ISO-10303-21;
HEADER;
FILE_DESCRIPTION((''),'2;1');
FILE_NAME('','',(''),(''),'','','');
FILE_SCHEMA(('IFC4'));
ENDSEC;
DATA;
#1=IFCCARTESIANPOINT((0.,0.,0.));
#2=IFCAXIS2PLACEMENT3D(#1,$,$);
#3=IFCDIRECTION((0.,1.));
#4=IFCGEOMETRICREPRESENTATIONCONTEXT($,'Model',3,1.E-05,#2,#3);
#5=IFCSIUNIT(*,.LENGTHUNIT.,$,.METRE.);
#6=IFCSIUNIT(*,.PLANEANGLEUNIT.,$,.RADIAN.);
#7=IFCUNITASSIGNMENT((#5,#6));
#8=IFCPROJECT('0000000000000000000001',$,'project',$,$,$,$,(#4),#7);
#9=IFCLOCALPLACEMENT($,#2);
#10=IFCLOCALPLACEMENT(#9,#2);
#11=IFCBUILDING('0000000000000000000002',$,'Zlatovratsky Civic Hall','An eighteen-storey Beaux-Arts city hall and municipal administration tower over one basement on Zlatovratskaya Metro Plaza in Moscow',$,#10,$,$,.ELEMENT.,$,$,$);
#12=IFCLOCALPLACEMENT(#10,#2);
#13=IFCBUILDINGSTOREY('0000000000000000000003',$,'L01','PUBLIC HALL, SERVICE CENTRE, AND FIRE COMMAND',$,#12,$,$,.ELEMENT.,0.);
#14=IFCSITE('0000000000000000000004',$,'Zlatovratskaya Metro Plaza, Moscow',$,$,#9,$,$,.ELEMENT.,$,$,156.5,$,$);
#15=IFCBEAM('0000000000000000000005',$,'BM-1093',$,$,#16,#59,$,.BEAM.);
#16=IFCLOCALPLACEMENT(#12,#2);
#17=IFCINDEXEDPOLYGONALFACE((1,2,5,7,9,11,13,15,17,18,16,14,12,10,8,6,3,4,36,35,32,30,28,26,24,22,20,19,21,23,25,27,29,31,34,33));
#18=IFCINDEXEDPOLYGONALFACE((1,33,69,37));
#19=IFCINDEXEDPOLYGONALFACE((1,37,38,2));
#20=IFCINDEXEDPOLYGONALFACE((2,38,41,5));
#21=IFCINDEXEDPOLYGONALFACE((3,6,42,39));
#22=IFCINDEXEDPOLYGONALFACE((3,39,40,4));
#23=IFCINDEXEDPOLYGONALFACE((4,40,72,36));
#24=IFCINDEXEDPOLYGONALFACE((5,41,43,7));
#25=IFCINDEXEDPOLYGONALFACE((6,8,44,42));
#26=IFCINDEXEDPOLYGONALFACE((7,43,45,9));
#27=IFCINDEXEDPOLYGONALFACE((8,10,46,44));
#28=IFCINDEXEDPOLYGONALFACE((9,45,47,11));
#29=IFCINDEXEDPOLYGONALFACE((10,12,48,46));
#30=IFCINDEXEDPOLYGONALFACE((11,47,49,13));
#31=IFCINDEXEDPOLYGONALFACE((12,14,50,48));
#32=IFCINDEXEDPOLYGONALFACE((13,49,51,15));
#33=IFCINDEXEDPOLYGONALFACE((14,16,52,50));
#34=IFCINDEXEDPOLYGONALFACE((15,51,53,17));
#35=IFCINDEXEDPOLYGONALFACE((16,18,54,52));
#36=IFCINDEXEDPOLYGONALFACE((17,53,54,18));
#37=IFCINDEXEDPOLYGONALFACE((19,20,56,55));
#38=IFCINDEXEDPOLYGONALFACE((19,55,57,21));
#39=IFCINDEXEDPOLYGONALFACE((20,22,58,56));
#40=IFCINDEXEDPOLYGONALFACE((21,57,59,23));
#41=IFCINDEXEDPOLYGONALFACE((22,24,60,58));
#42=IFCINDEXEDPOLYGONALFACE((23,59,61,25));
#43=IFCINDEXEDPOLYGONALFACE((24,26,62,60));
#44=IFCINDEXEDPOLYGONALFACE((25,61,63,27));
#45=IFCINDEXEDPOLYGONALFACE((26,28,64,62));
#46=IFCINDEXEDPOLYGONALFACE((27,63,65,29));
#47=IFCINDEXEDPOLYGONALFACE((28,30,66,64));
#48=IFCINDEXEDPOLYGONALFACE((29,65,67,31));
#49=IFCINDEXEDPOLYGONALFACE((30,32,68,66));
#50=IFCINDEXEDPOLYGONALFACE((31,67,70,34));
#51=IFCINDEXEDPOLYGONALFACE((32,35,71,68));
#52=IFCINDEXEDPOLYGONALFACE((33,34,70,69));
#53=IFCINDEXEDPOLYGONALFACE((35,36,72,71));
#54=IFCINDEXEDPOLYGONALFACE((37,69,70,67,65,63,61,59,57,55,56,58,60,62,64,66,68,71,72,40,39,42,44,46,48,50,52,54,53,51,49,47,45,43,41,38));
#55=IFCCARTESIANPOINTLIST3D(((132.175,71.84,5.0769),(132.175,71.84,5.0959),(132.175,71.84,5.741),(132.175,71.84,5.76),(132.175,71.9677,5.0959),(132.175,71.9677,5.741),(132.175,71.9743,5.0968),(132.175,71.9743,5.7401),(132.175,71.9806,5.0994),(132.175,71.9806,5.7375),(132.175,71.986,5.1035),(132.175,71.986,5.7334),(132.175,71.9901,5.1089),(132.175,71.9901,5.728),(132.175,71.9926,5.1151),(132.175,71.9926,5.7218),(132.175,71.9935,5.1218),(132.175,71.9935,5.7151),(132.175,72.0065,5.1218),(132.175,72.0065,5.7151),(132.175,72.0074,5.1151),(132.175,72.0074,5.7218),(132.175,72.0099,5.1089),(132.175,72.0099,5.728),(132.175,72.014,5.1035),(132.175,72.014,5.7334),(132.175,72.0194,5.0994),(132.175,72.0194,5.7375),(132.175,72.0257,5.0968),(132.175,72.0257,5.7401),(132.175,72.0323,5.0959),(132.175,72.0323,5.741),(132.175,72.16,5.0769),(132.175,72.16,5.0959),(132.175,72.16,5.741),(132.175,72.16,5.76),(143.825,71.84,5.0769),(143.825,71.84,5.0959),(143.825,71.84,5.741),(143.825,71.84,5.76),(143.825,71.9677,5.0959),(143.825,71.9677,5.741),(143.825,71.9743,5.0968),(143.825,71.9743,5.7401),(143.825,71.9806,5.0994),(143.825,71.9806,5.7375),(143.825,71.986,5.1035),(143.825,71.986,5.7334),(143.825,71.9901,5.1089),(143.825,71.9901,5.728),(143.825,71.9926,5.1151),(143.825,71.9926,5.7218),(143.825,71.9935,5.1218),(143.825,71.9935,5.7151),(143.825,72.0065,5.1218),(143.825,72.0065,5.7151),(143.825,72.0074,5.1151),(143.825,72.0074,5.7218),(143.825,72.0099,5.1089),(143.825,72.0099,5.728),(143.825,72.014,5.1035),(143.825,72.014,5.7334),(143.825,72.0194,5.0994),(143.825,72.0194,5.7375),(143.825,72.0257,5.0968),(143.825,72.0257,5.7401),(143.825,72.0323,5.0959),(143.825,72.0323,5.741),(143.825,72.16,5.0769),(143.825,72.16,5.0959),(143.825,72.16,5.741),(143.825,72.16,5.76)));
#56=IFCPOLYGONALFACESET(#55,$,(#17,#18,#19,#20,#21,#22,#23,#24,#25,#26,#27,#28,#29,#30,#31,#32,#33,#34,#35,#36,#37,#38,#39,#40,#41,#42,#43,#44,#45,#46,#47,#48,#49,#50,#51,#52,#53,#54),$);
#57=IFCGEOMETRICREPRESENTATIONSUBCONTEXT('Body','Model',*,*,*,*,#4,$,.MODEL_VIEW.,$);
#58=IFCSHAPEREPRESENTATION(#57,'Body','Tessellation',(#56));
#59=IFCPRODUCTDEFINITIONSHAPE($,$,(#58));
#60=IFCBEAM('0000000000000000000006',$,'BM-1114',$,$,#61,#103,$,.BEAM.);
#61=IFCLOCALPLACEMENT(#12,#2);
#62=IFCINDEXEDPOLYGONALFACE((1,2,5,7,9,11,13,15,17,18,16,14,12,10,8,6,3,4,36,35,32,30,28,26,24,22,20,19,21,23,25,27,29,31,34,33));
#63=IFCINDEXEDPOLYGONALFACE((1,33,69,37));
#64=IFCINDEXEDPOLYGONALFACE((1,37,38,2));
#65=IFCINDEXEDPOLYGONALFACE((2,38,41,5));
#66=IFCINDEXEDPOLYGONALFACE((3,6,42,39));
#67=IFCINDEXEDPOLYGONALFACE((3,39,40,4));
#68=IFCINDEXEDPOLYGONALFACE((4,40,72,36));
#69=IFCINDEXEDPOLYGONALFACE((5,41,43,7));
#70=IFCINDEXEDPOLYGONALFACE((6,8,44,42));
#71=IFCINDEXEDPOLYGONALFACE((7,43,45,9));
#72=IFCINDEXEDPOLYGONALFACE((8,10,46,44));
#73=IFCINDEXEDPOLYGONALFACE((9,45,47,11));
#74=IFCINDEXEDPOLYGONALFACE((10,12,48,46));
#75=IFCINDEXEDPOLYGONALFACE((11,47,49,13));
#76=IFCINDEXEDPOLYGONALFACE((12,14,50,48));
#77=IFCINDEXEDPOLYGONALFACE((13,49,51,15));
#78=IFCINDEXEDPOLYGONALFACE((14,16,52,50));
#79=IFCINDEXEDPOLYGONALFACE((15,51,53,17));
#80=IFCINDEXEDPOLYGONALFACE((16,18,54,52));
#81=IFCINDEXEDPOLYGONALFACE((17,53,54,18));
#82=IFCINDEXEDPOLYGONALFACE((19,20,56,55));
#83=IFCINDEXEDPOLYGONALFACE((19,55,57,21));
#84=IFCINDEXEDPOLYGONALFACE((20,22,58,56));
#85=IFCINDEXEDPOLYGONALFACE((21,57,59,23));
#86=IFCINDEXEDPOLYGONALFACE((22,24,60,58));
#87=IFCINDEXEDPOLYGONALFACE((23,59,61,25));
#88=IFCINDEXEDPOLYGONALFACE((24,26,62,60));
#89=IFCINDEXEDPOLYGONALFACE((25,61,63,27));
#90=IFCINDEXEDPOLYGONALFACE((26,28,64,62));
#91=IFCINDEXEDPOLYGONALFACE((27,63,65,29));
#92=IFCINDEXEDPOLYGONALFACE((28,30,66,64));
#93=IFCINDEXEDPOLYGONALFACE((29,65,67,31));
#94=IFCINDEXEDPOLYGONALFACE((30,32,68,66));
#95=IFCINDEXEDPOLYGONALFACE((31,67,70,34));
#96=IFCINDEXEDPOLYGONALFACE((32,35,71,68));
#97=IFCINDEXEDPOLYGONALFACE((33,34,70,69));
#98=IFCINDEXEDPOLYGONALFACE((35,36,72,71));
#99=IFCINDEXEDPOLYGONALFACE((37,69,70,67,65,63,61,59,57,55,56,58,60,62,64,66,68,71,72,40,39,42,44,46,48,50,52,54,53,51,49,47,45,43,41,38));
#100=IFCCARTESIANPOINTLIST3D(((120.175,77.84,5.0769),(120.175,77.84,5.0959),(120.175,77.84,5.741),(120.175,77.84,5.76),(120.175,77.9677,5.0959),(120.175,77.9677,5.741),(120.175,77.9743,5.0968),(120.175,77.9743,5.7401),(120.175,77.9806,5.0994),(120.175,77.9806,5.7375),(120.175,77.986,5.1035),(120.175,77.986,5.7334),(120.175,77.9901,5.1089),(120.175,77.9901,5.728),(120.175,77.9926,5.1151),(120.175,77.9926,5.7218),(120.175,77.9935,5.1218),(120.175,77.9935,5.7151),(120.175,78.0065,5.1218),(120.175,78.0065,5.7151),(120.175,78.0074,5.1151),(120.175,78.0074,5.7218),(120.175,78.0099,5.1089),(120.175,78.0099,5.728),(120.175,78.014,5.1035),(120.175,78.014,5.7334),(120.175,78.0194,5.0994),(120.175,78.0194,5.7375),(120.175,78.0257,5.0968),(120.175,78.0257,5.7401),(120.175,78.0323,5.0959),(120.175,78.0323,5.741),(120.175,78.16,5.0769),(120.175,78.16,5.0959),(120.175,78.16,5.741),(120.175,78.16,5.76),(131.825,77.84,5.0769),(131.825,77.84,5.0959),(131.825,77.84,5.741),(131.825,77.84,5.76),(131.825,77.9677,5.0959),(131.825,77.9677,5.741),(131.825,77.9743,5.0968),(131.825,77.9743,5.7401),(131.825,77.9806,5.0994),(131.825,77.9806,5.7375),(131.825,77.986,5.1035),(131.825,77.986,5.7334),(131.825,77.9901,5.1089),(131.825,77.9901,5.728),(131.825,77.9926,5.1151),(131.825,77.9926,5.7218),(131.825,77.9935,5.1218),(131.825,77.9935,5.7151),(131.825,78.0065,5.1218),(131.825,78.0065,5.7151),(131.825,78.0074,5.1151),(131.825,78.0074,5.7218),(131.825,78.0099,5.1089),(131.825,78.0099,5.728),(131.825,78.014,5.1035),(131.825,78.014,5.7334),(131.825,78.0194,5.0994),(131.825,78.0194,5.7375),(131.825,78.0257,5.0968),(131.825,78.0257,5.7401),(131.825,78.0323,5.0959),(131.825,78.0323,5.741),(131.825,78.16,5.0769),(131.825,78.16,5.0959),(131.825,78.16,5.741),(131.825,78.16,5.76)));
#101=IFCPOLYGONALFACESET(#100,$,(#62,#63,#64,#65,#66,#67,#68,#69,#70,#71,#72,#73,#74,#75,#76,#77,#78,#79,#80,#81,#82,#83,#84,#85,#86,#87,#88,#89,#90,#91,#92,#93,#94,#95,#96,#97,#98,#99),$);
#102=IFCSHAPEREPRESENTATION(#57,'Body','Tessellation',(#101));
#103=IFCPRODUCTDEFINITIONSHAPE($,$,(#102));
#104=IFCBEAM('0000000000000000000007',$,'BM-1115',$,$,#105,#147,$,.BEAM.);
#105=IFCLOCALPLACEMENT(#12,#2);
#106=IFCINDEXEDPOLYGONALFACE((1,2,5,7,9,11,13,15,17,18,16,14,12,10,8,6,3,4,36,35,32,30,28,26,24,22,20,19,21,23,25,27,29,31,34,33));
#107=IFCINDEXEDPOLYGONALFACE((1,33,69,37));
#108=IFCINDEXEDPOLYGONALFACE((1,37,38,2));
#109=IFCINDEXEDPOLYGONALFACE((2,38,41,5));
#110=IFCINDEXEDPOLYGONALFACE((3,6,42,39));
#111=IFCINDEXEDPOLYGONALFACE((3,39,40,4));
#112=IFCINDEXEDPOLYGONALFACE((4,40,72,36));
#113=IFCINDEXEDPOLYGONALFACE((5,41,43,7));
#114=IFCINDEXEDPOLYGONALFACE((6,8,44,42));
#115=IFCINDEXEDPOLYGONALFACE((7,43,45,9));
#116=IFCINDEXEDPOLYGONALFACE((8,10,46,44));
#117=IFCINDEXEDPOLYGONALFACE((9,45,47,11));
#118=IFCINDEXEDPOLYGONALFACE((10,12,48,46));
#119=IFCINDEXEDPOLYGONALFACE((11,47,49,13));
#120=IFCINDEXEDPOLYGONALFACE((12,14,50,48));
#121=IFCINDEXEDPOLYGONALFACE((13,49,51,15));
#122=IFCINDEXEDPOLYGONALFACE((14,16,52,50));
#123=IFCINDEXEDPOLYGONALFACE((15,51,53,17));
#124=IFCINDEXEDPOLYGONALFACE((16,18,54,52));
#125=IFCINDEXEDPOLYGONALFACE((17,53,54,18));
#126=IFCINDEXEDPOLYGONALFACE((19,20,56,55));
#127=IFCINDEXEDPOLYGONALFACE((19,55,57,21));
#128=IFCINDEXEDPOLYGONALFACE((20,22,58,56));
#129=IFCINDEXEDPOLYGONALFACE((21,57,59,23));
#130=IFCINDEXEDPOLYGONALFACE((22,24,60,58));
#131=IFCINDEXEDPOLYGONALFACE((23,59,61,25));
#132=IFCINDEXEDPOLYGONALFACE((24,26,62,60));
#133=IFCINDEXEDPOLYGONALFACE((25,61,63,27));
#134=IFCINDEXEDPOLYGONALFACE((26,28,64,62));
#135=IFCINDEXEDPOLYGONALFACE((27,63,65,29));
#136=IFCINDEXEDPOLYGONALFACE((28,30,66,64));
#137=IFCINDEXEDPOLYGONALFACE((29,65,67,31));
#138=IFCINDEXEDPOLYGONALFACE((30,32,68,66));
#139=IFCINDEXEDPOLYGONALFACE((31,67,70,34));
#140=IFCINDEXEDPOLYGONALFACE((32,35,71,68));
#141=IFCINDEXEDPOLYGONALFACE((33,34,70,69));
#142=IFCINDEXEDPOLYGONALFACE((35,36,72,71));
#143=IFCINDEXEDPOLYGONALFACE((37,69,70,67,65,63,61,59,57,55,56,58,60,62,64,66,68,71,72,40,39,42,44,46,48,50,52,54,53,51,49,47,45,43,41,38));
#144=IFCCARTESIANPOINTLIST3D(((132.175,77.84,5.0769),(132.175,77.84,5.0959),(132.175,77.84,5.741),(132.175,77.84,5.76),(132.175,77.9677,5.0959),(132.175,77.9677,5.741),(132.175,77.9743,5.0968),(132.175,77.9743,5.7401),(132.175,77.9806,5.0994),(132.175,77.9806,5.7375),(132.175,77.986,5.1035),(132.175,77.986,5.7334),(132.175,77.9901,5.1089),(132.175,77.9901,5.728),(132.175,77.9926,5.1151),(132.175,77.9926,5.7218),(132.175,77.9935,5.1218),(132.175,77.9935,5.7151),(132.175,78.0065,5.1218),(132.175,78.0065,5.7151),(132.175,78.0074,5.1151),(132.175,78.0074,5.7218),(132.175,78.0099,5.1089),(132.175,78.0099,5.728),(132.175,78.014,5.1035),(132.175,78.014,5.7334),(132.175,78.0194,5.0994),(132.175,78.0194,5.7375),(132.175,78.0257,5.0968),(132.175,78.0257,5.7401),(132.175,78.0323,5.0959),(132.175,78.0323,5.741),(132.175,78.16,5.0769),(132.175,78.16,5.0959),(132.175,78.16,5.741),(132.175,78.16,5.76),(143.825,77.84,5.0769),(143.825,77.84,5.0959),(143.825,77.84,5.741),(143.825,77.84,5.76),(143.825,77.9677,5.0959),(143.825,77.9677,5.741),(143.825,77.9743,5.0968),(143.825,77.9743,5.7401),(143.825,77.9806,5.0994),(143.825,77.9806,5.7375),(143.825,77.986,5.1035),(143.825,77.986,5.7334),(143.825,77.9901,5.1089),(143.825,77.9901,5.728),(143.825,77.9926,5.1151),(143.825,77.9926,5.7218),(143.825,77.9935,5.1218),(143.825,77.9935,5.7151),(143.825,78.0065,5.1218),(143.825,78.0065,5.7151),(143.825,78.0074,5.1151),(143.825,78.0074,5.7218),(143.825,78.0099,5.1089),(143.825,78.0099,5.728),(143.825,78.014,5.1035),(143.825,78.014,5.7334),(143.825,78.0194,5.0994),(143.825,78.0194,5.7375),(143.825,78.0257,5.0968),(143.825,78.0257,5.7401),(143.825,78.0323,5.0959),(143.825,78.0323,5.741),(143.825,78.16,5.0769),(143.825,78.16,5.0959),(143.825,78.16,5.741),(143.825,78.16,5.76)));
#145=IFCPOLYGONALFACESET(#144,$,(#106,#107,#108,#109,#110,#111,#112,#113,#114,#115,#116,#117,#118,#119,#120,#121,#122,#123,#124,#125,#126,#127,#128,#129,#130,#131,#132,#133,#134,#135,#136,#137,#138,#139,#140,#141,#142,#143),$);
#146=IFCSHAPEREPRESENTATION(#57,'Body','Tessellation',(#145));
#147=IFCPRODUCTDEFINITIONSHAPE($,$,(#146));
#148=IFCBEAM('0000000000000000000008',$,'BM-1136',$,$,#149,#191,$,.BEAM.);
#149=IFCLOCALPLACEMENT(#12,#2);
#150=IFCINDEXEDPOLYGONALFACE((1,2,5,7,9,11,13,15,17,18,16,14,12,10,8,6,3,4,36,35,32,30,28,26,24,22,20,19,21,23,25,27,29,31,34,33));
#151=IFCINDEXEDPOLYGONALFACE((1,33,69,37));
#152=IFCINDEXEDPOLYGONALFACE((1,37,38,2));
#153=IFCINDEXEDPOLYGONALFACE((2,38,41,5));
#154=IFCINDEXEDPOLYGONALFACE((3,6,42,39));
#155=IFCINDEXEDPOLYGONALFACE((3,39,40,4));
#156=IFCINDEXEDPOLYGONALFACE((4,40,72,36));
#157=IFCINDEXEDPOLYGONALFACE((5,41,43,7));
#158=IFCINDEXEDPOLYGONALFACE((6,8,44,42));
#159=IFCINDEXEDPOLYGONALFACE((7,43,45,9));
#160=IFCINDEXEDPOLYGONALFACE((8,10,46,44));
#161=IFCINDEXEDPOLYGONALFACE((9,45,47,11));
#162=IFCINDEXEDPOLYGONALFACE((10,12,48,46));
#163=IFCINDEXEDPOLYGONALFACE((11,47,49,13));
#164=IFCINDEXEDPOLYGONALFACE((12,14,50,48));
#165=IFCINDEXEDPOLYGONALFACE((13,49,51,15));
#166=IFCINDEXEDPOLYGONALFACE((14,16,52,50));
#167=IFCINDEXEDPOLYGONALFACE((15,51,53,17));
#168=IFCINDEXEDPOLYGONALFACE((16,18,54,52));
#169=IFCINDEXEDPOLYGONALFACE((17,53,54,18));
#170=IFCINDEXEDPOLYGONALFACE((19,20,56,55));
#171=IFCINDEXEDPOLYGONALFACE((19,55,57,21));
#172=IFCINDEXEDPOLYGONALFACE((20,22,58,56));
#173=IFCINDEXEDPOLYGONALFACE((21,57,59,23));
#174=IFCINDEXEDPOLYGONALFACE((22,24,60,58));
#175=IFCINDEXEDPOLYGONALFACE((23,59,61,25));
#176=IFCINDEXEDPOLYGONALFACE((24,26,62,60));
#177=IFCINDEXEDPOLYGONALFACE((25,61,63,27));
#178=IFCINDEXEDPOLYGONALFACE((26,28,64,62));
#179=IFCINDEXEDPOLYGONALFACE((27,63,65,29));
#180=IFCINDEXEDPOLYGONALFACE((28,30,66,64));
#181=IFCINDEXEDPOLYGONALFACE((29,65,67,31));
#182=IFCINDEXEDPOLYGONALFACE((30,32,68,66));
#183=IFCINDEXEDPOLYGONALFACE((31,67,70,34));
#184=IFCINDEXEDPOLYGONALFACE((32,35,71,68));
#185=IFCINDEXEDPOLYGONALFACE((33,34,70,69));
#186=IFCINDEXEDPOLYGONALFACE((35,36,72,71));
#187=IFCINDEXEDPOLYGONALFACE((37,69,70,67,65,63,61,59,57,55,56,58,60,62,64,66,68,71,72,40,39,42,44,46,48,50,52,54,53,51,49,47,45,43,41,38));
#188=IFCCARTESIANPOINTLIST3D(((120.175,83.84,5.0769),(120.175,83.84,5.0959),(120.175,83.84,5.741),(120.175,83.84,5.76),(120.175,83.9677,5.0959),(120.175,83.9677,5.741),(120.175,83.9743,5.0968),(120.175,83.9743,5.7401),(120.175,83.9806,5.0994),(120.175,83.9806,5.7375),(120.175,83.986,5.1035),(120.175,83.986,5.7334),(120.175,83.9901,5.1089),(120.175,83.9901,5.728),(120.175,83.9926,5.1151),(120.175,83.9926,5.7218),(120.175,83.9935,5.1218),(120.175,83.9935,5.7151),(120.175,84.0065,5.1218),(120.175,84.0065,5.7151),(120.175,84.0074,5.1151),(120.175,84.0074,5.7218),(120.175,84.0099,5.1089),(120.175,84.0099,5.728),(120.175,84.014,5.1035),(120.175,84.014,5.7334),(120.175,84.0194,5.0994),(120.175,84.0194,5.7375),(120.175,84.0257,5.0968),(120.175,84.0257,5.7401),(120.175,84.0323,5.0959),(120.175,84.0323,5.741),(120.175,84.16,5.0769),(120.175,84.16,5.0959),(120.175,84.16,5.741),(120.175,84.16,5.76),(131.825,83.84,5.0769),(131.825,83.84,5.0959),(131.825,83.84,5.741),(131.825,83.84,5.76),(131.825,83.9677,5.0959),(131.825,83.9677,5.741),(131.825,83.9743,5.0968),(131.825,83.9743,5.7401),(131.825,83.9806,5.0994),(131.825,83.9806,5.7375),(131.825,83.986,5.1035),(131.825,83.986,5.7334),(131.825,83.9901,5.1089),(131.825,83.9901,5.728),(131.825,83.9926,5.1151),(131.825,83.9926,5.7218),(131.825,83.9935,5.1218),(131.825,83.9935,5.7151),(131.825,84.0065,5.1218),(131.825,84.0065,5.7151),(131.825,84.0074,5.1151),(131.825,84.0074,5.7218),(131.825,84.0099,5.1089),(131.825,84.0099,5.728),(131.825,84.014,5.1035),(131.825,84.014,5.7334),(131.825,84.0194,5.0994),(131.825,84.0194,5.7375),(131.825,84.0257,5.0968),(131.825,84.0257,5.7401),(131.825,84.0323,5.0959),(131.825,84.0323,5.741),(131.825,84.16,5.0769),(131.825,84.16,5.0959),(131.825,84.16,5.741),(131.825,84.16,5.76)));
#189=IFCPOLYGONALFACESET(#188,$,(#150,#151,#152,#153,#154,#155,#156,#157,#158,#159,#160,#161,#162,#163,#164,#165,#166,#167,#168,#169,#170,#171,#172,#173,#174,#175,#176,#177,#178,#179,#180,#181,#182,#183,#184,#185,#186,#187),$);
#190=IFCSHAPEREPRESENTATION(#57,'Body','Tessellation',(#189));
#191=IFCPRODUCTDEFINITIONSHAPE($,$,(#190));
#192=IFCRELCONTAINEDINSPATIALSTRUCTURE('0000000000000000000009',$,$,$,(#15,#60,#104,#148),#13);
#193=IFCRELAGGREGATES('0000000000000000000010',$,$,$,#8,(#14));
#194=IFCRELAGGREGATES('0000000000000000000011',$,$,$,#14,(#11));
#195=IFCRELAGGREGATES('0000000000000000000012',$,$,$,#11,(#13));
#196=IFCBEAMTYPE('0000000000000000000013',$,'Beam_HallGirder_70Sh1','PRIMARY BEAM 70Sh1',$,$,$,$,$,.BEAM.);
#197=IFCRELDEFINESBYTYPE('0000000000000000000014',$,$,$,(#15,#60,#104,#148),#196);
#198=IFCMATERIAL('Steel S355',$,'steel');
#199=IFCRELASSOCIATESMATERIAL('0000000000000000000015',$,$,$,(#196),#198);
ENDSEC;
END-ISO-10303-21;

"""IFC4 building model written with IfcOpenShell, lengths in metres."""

from ifc_helpers import new_model, si_unit, direction, frame, origin, origin_2d, place, context, subcontext, project, spatial, i_section, extrude, material, material_profile, profile_set, type_object, element, save


model = new_model("IFC4")

# Units and contexts
model_context = context("Model", 3, precision=1e-05, world=origin(), true_north=direction((0.0, 1.0)))
body_context = subcontext(model_context, "Body", "Model", "MODEL_VIEW")
ifc_project = project(units=[si_unit("LENGTHUNIT", "METRE"), si_unit("PLANEANGLEUNIT", "RADIAN")], contexts=[model_context])

# Site, building, storey
site_placement = place(None, origin())
site = spatial("IfcSite", under=ifc_project, at=site_placement, Name="Zlatovratskaya Metro Plaza, Moscow", CompositionType="ELEMENT", RefElevation=156.5)
building_placement = place(site_placement, origin())
building = spatial("IfcBuilding", under=site, at=building_placement, Name="Zlatovratsky Civic Hall", Description="An eighteen-storey Beaux-Arts city hall and municipal administration tower over one basement on Zlatovratskaya Metro Plaza in Moscow", CompositionType="ELEMENT")
storey_placement = place(building_placement, origin())
storey = spatial("IfcBuildingStorey", under=building, at=storey_placement, Name="L01", Description="PUBLIC HALL, SERVICE CENTRE, AND FIRE COMMAND", CompositionType="ELEMENT", Elevation=0.0)

# Shared definitions
ifc_material_1 = material(Name="Steel S355", Category="steel")

# Beams
ifc_material_profile_1 = material_profile(ifc_material_1, i_section(OverallWidth=0.3201, OverallDepth=0.6831, WebThickness=0.0129, FlangeThickness=0.019, FilletRadius=0.0259, at=origin_2d()), Name="70Sh1")
ifc_profile_set_1 = profile_set([ifc_material_profile_1], Name="Steel S355")
beam_type_1 = type_object("IfcBeamType", Name="Beam_HallGirder_70Sh1", Description="PRIMARY BEAM 70Sh1", PredefinedType="BEAM", material=ifc_profile_set_1)
for number, where, z_axis, x_axis, name in (
    (1, (132.175, 72.0, 5.4185), (1.0, 0.0, 0.0), (0.0, 1.0, 0.0), "BM-1093"),
    (2, (120.175, 78.0, 5.4185), (1.0, 0.0, 0.0), (0.0, 1.0, 0.0), "BM-1114"),
    (3, (132.175, 78.0, 5.4185), (1.0, 0.0, 0.0), (0.0, 1.0, 0.0), "BM-1115"),
    (4, (120.175, 84.0, 5.4185), (1.0, 0.0, 0.0), (0.0, 1.0, 0.0), "BM-1136"),
):
    element("IfcBeam", number, at=place(storey_placement, frame(where, z_axis=z_axis, x_axis=x_axis)), inside=storey, type_object=beam_type_1, Name=name, PredefinedType="BEAM", context=body_context, shape_type="SweptSolid", body=[
        extrude(i_section(OverallWidth=0.3201, OverallDepth=0.6831, WebThickness=0.0129, FlangeThickness=0.019, FilletRadius=0.0259, at=origin_2d()), origin(), (0.0, 0.0, 1.0), 11.6499),
    ])

save(model, "model.ifc")
